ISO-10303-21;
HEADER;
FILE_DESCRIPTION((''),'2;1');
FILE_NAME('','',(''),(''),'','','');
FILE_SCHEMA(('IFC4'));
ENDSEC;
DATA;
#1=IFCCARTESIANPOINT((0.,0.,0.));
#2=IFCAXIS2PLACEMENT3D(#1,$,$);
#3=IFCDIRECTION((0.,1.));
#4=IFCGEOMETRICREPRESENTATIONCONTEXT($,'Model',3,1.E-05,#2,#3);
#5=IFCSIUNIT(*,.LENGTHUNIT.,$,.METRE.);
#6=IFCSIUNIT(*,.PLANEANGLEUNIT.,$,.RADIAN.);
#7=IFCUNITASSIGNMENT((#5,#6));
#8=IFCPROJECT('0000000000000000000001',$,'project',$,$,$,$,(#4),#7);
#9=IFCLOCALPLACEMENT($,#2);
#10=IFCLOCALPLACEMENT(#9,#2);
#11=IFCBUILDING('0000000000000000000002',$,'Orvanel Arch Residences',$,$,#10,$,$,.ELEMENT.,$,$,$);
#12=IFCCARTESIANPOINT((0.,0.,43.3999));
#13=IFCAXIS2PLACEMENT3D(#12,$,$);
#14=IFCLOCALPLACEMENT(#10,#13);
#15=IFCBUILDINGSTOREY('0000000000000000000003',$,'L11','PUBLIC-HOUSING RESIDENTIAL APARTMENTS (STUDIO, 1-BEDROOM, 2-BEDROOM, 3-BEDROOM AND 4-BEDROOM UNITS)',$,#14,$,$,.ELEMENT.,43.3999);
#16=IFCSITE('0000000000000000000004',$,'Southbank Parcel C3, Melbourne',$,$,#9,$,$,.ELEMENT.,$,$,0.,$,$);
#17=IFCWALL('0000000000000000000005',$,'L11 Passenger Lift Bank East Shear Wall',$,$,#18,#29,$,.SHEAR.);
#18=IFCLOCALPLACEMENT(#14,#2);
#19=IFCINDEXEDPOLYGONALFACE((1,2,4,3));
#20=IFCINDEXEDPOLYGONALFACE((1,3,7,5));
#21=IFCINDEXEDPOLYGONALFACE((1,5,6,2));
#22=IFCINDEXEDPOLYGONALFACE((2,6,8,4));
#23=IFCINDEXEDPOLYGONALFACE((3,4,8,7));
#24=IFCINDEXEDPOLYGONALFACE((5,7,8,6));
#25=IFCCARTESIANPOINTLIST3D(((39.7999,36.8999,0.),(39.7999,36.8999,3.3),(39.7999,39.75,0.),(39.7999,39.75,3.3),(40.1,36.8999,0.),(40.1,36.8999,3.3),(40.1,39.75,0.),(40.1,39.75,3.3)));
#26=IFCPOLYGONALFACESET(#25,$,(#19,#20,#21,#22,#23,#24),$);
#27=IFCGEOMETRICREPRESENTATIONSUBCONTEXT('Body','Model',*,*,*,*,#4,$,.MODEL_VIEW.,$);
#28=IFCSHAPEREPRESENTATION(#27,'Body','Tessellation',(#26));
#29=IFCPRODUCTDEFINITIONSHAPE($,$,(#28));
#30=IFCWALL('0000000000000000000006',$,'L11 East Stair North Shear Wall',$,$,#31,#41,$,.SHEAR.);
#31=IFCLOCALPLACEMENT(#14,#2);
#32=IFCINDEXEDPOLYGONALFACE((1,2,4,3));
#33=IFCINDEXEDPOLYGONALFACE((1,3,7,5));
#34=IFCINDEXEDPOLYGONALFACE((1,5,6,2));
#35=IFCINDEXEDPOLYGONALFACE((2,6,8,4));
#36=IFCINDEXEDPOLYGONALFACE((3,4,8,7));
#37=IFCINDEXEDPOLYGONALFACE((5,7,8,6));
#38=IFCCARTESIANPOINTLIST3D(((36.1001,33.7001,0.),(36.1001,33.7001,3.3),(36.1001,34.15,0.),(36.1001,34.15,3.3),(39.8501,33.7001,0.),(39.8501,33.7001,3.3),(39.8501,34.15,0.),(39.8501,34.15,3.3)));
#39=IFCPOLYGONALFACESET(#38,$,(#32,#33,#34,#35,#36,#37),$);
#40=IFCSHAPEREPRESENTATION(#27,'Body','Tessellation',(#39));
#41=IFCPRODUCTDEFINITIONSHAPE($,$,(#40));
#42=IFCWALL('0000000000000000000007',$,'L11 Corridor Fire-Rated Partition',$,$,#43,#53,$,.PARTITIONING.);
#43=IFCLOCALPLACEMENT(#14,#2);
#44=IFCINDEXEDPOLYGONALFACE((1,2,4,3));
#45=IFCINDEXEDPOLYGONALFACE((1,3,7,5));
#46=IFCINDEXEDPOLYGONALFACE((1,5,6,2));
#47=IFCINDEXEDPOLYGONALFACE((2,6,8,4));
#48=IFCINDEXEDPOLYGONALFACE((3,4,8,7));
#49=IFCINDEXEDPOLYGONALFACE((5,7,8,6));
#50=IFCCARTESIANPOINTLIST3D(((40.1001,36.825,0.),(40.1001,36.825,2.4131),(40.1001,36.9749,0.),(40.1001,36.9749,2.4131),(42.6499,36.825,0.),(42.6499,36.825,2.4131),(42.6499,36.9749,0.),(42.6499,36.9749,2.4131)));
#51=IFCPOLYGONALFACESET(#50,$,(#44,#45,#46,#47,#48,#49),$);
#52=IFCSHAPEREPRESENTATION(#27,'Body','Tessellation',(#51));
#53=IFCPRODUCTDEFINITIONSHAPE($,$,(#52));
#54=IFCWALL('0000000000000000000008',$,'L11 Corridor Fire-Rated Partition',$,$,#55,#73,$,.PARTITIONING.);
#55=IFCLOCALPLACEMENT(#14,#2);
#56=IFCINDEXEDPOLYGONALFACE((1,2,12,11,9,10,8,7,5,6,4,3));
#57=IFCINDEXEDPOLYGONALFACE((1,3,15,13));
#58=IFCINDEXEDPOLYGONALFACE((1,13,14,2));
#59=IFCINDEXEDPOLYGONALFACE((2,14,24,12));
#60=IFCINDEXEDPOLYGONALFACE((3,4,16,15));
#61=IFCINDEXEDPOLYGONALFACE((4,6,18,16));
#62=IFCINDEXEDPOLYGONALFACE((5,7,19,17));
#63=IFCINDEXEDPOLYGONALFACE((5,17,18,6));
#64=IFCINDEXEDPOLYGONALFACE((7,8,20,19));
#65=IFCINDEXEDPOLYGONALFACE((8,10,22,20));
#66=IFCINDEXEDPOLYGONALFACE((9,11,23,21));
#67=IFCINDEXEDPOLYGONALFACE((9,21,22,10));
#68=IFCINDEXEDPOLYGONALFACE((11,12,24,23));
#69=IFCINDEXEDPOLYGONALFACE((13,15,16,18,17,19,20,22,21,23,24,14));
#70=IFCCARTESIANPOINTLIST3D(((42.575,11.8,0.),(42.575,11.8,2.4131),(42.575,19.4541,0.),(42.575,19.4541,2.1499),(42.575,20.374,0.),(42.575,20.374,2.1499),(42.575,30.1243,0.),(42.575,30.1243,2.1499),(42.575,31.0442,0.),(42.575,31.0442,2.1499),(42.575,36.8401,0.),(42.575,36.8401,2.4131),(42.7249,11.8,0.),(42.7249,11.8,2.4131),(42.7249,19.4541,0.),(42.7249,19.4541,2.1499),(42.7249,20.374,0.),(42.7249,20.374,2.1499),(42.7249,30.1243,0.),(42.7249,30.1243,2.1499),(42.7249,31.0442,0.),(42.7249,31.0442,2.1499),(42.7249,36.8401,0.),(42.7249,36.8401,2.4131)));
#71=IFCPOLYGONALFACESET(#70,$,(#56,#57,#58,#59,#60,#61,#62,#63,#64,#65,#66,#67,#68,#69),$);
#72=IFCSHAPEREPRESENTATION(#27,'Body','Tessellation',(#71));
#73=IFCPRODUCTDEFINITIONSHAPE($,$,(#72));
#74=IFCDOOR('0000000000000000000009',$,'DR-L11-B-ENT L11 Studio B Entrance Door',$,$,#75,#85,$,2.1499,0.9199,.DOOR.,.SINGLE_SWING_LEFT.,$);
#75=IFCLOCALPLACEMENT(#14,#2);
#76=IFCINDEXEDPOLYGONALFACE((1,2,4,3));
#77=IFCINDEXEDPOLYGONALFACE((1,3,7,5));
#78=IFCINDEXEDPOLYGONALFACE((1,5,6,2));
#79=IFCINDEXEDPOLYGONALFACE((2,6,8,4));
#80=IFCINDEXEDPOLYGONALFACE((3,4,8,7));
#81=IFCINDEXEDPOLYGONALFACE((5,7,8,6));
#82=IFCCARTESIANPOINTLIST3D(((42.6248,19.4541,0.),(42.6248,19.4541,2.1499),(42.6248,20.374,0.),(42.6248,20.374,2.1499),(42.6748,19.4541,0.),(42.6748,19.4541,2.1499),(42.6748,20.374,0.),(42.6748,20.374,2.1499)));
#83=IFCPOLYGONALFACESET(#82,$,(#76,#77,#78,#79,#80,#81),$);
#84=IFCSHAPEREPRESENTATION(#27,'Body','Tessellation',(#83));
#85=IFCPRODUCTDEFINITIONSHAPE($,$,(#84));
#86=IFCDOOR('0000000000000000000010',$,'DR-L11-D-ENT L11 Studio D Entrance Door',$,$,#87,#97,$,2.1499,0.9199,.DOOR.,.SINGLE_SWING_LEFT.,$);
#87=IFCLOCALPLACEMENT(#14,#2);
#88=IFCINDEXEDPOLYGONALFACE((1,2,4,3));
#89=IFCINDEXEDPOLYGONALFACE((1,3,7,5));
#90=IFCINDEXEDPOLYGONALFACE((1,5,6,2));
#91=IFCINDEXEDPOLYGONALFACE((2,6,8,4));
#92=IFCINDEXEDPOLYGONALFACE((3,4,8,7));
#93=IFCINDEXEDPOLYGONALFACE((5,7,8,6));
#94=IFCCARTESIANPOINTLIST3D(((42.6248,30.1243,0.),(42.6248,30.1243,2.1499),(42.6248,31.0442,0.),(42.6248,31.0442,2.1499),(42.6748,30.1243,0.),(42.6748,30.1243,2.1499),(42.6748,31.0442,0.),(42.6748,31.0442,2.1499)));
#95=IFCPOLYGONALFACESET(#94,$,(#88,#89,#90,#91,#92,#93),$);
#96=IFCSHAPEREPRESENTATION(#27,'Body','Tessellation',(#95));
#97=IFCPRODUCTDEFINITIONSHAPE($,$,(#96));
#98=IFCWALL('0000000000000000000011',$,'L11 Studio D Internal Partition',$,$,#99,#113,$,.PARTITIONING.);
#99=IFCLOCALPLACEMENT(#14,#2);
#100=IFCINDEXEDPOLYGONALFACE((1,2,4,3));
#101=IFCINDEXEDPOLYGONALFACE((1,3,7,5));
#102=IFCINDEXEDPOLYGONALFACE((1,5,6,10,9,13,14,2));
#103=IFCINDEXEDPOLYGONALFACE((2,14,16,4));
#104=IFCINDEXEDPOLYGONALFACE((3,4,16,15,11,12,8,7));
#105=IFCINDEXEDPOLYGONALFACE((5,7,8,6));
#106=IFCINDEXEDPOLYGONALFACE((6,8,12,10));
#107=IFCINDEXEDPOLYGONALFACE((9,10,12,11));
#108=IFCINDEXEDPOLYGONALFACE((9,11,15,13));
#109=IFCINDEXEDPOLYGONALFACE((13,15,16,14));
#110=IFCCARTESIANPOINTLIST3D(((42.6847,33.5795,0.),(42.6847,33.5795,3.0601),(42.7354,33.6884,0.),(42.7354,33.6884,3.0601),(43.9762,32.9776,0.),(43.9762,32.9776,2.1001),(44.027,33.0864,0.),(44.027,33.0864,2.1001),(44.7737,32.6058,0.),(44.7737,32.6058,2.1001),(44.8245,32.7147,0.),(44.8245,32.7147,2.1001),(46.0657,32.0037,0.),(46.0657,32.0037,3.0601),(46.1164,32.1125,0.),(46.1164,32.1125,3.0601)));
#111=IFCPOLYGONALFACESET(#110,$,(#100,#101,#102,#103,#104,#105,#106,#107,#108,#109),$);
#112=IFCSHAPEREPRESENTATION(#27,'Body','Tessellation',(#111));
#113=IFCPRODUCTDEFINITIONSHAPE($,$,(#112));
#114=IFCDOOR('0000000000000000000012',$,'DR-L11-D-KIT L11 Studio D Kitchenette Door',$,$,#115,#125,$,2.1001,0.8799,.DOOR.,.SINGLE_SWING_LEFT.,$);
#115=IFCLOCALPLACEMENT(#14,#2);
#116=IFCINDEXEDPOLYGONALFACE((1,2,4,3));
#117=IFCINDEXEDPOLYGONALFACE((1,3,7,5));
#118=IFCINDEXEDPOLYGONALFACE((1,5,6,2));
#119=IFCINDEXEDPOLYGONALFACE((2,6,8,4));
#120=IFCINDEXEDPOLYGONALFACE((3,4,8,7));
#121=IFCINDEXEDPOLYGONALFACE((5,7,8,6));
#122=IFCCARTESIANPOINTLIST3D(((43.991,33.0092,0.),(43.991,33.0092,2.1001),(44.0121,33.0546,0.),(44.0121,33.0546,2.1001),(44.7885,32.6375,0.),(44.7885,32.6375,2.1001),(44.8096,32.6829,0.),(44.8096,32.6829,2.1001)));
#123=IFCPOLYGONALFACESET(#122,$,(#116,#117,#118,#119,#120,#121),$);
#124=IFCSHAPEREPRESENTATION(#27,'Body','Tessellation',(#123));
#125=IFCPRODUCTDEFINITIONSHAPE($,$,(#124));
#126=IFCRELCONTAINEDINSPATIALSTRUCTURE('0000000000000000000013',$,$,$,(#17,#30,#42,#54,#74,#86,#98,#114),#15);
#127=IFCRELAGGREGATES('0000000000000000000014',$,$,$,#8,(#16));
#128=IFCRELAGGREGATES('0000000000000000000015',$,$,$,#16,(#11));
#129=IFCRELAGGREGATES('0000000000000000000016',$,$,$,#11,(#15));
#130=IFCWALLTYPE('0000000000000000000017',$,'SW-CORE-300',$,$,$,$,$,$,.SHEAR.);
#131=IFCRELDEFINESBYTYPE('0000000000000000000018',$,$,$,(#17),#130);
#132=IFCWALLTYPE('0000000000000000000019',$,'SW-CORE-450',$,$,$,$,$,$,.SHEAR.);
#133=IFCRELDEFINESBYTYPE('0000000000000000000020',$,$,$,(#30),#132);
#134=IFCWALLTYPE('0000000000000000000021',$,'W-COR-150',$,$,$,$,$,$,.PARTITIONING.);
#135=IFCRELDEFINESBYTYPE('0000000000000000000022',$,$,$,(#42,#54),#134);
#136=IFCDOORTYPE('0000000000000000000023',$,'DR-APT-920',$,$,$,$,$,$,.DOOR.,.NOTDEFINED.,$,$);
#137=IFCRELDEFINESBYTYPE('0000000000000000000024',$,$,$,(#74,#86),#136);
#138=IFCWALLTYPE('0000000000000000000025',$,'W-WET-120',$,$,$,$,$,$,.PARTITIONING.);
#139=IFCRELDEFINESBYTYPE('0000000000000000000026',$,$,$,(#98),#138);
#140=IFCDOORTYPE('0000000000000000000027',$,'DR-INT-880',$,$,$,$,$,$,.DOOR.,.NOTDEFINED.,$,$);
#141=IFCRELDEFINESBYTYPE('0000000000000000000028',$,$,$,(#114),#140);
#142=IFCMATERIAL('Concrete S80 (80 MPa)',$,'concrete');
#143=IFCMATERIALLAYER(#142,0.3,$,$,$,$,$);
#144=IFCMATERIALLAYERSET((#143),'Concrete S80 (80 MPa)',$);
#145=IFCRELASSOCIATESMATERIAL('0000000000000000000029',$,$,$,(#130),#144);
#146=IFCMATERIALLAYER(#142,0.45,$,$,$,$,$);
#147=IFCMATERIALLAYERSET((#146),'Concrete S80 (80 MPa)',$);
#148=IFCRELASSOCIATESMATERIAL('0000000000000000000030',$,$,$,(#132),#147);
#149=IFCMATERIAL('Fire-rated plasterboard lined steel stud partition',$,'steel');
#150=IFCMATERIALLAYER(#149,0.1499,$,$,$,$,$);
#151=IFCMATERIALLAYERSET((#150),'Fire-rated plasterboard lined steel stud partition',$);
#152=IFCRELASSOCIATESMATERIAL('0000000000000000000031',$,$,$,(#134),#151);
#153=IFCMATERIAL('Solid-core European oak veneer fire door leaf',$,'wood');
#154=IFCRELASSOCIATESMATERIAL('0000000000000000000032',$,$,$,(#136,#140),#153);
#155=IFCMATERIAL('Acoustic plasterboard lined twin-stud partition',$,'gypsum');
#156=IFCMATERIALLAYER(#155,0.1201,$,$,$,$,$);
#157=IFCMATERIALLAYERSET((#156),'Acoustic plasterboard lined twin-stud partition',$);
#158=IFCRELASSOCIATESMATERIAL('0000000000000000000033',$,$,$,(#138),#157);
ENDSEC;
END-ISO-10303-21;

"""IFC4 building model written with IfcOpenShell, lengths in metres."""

from ifc_helpers import new_model, si_unit, direction, frame, frame_2d, origin, place, context, subcontext, project, spatial, rectangle, extrude, material, layer, layer_set, type_object, element, fill, save


model = new_model("IFC4")

# Units and contexts
model_context = context("Model", 3, precision=1e-05, world=origin(), true_north=direction((0.0, 1.0)))
body_context = subcontext(model_context, "Body", "Model", "MODEL_VIEW")
ifc_project = project(units=[si_unit("LENGTHUNIT", "METRE"), si_unit("PLANEANGLEUNIT", "RADIAN")], contexts=[model_context])

# Site, building, storey
site_placement = place(None, origin())
site = spatial("IfcSite", under=ifc_project, at=site_placement, Name="Southbank Parcel C3, Melbourne", CompositionType="ELEMENT", RefElevation=0.0)
building_placement = place(site_placement, origin())
building = spatial("IfcBuilding", under=site, at=building_placement, Name="Orvanel Arch Residences", CompositionType="ELEMENT")
storey_placement = place(building_placement, frame((0.0, 0.0, 43.3999)))
storey = spatial("IfcBuildingStorey", under=building, at=storey_placement, Name="L11", Description="PUBLIC-HOUSING RESIDENTIAL APARTMENTS (STUDIO, 1-BEDROOM, 2-BEDROOM, 3-BEDROOM AND 4-BEDROOM UNITS)", CompositionType="ELEMENT", Elevation=43.3999)

# Shared definitions
ifc_material_1 = material(Name="Concrete S80 (80 MPa)", Category="concrete")
ifc_layer_1 = layer(ifc_material_1, 0.3)
ifc_layer_set_1 = layer_set([ifc_layer_1], Name="Concrete S80 (80 MPa)")
wall_type_1 = type_object("IfcWallType", Name="SW-CORE-300", PredefinedType="SHEAR", material=ifc_layer_set_1)

# Walls
wall_1_placement = place(storey_placement, frame((39.95, 36.8999, 0.0), z_axis=(0.0, 0.0, 1.0), x_axis=(0.0, 1.0, 0.0)))
element("IfcWall", 1, at=wall_1_placement, inside=storey, type_object=wall_type_1, Name="L11 Passenger Lift Bank East Shear Wall", PredefinedType="SHEAR", context=body_context, shape_type="SweptSolid", body=[
    extrude(rectangle(XDim=2.8501, YDim=0.3, at=frame_2d((1.425, 0.0))), origin(), (0.0, 0.0, 1.0), 3.3),
])
ifc_layer_2 = layer(ifc_material_1, 0.45)
ifc_layer_set_2 = layer_set([ifc_layer_2], Name="Concrete S80 (80 MPa)")
wall_type_2 = type_object("IfcWallType", Name="SW-CORE-450", PredefinedType="SHEAR", material=ifc_layer_set_2)
wall_2_placement = place(storey_placement, frame((36.1001, 33.925, 0.0), z_axis=(0.0, 0.0, 1.0), x_axis=(1.0, 0.0, 0.0)))
element("IfcWall", 2, at=wall_2_placement, inside=storey, type_object=wall_type_2, Name="L11 East Stair North Shear Wall", PredefinedType="SHEAR", context=body_context, shape_type="SweptSolid", body=[
    extrude(rectangle(XDim=3.75, YDim=0.45, at=frame_2d((1.875, 0.0))), origin(), (0.0, 0.0, 1.0), 3.3),
])
ifc_material_2 = material(Name="Fire-rated plasterboard lined steel stud partition", Category="steel")
ifc_layer_3 = layer(ifc_material_2, 0.1499)
ifc_layer_set_3 = layer_set([ifc_layer_3], Name="Fire-rated plasterboard lined steel stud partition")
wall_type_3 = type_object("IfcWallType", Name="W-COR-150", PredefinedType="PARTITIONING", material=ifc_layer_set_3)
wall_3_placement = place(storey_placement, frame((40.1001, 36.8999, 0.0), z_axis=(0.0, 0.0, 1.0), x_axis=(1.0, 0.0, 0.0)))
element("IfcWall", 3, at=wall_3_placement, inside=storey, type_object=wall_type_3, Name="L11 Corridor Fire-Rated Partition", PredefinedType="PARTITIONING", context=body_context, shape_type="SweptSolid", body=[
    extrude(rectangle(XDim=2.5498, YDim=0.1499, at=frame_2d((1.2749, 0.0))), origin(), (0.0, 0.0, 1.0), 2.4131),
])

# Wall, openings, doors
wall_4_placement = place(storey_placement, frame((42.6499, 36.8401, 0.0), z_axis=(0.0, 0.0, 1.0), x_axis=(0.0, -1.0, 0.0)))
wall_4 = element("IfcWall", 4, at=wall_4_placement, inside=storey, type_object=wall_type_3, Name="L11 Corridor Fire-Rated Partition", PredefinedType="PARTITIONING", context=body_context, shape_type="SweptSolid", body=[
    extrude(rectangle(XDim=25.04, YDim=0.1499, at=frame_2d((12.52, 0.0))), origin(), (0.0, 0.0, 1.0), 2.4131),
])
opening_1_placement = place(wall_4_placement, frame((16.4661, 0.0, 0.0)))
opening_1 = element("IfcOpeningElement", 5, at=opening_1_placement, cuts=wall_4, PredefinedType="OPENING", context=body_context, shape_type="SweptSolid", body=[
    extrude(rectangle(XDim=0.9199, YDim=2.1499, at=frame_2d((0.46, 1.075))), frame((0.0, 0.085, 0.0), z_axis=(0.0, -1.0, 0.0), x_axis=(1.0, 0.0, 0.0)), (0.0, 0.0, 1.0), 0.1699),
])
opening_2_placement = place(wall_4_placement, frame((5.7959, 0.0, 0.0)))
opening_2 = element("IfcOpeningElement", 6, at=opening_2_placement, cuts=wall_4, PredefinedType="OPENING", context=body_context, shape_type="SweptSolid", body=[
    extrude(rectangle(XDim=0.9199, YDim=2.1499, at=frame_2d((0.46, 1.075))), frame((0.0, 0.085, 0.0), z_axis=(0.0, -1.0, 0.0), x_axis=(1.0, 0.0, 0.0)), (0.0, 0.0, 1.0), 0.1699),
])
ifc_material_3 = material(Name="Solid-core European oak veneer fire door leaf", Category="wood")
door_type_1 = type_object("IfcDoorType", Name="DR-APT-920", OperationType="NOTDEFINED", PredefinedType="DOOR", material=ifc_material_3)
door_1_placement = place(opening_1_placement, origin())
door_1 = element("IfcDoor", 7, at=door_1_placement, inside=storey, type_object=door_type_1, Name="DR-L11-B-ENT L11 Studio B Entrance Door", OperationType="SINGLE_SWING_LEFT", OverallHeight=2.1499, OverallWidth=0.9199, PredefinedType="DOOR", context=body_context, shape_type="SweptSolid", body=[
    extrude(rectangle(XDim=0.9199, YDim=2.1499, at=frame_2d((0.46, 1.075))), frame((0.0, 0.0249, 0.0), z_axis=(0.0, -1.0, 0.0), x_axis=(1.0, 0.0, 0.0)), (0.0, 0.0, 1.0), 0.05),
])
fill(opening_1, door_1)
door_2_placement = place(opening_2_placement, origin())
door_2 = element("IfcDoor", 8, at=door_2_placement, inside=storey, type_object=door_type_1, Name="DR-L11-D-ENT L11 Studio D Entrance Door", OperationType="SINGLE_SWING_LEFT", OverallHeight=2.1499, OverallWidth=0.9199, PredefinedType="DOOR", context=body_context, shape_type="SweptSolid", body=[
    extrude(rectangle(XDim=0.9199, YDim=2.1499, at=frame_2d((0.46, 1.075))), frame((0.0, 0.0249, 0.0), z_axis=(0.0, -1.0, 0.0), x_axis=(1.0, 0.0, 0.0)), (0.0, 0.0, 1.0), 0.05),
])
fill(opening_2, door_2)

# Wall, opening, door
ifc_material_4 = material(Name="Acoustic plasterboard lined twin-stud partition", Category="gypsum")
ifc_layer_4 = layer(ifc_material_4, 0.1201)
ifc_layer_set_4 = layer_set([ifc_layer_4], Name="Acoustic plasterboard lined twin-stud partition")
wall_type_4 = type_object("IfcWallType", Name="W-WET-120", PredefinedType="PARTITIONING", material=ifc_layer_set_4)
wall_5_placement = place(storey_placement, frame((42.71, 33.634, 0.0), z_axis=(0.0, 0.0, 1.0), x_axis=(0.90638, -0.422463, 0.0)))
wall_5 = element("IfcWall", 9, at=wall_5_placement, inside=storey, type_object=wall_type_4, Name="L11 Studio D Internal Partition", PredefinedType="PARTITIONING", context=body_context, shape_type="SweptSolid", body=[
    extrude(rectangle(XDim=3.7302, YDim=0.1201, at=frame_2d((1.8652, 0.0))), origin(), (0.0, 0.0, 1.0), 3.0601),
])
opening_3_placement = place(wall_5_placement, frame((1.425, 0.0, 0.0)))
opening_3 = element("IfcOpeningElement", 10, at=opening_3_placement, cuts=wall_5, PredefinedType="OPENING", context=body_context, shape_type="SweptSolid", body=[
    extrude(rectangle(XDim=0.8799, YDim=2.1001, at=frame_2d((0.4399, 1.05))), frame((0.0, 0.0701, 0.0), z_axis=(0.0, -1.0, 0.0), x_axis=(1.0, 0.0, 0.0)), (0.0, 0.0, 1.0), 0.1401),
])
door_type_2 = type_object("IfcDoorType", Name="DR-INT-880", OperationType="NOTDEFINED", PredefinedType="DOOR", material=ifc_material_3)
door_3_placement = place(opening_3_placement, origin())
door_3 = element("IfcDoor", 11, at=door_3_placement, inside=storey, type_object=door_type_2, Name="DR-L11-D-KIT L11 Studio D Kitchenette Door", OperationType="SINGLE_SWING_LEFT", OverallHeight=2.1001, OverallWidth=0.8799, PredefinedType="DOOR", context=body_context, shape_type="SweptSolid", body=[
    extrude(rectangle(XDim=0.8799, YDim=2.1001, at=frame_2d((0.4399, 1.05))), frame((0.0, 0.0249, 0.0), z_axis=(0.0, -1.0, 0.0), x_axis=(1.0, 0.0, 0.0)), (0.0, 0.0, 1.0), 0.05),
])
fill(opening_3, door_3)

save(model, "model.ifc")
